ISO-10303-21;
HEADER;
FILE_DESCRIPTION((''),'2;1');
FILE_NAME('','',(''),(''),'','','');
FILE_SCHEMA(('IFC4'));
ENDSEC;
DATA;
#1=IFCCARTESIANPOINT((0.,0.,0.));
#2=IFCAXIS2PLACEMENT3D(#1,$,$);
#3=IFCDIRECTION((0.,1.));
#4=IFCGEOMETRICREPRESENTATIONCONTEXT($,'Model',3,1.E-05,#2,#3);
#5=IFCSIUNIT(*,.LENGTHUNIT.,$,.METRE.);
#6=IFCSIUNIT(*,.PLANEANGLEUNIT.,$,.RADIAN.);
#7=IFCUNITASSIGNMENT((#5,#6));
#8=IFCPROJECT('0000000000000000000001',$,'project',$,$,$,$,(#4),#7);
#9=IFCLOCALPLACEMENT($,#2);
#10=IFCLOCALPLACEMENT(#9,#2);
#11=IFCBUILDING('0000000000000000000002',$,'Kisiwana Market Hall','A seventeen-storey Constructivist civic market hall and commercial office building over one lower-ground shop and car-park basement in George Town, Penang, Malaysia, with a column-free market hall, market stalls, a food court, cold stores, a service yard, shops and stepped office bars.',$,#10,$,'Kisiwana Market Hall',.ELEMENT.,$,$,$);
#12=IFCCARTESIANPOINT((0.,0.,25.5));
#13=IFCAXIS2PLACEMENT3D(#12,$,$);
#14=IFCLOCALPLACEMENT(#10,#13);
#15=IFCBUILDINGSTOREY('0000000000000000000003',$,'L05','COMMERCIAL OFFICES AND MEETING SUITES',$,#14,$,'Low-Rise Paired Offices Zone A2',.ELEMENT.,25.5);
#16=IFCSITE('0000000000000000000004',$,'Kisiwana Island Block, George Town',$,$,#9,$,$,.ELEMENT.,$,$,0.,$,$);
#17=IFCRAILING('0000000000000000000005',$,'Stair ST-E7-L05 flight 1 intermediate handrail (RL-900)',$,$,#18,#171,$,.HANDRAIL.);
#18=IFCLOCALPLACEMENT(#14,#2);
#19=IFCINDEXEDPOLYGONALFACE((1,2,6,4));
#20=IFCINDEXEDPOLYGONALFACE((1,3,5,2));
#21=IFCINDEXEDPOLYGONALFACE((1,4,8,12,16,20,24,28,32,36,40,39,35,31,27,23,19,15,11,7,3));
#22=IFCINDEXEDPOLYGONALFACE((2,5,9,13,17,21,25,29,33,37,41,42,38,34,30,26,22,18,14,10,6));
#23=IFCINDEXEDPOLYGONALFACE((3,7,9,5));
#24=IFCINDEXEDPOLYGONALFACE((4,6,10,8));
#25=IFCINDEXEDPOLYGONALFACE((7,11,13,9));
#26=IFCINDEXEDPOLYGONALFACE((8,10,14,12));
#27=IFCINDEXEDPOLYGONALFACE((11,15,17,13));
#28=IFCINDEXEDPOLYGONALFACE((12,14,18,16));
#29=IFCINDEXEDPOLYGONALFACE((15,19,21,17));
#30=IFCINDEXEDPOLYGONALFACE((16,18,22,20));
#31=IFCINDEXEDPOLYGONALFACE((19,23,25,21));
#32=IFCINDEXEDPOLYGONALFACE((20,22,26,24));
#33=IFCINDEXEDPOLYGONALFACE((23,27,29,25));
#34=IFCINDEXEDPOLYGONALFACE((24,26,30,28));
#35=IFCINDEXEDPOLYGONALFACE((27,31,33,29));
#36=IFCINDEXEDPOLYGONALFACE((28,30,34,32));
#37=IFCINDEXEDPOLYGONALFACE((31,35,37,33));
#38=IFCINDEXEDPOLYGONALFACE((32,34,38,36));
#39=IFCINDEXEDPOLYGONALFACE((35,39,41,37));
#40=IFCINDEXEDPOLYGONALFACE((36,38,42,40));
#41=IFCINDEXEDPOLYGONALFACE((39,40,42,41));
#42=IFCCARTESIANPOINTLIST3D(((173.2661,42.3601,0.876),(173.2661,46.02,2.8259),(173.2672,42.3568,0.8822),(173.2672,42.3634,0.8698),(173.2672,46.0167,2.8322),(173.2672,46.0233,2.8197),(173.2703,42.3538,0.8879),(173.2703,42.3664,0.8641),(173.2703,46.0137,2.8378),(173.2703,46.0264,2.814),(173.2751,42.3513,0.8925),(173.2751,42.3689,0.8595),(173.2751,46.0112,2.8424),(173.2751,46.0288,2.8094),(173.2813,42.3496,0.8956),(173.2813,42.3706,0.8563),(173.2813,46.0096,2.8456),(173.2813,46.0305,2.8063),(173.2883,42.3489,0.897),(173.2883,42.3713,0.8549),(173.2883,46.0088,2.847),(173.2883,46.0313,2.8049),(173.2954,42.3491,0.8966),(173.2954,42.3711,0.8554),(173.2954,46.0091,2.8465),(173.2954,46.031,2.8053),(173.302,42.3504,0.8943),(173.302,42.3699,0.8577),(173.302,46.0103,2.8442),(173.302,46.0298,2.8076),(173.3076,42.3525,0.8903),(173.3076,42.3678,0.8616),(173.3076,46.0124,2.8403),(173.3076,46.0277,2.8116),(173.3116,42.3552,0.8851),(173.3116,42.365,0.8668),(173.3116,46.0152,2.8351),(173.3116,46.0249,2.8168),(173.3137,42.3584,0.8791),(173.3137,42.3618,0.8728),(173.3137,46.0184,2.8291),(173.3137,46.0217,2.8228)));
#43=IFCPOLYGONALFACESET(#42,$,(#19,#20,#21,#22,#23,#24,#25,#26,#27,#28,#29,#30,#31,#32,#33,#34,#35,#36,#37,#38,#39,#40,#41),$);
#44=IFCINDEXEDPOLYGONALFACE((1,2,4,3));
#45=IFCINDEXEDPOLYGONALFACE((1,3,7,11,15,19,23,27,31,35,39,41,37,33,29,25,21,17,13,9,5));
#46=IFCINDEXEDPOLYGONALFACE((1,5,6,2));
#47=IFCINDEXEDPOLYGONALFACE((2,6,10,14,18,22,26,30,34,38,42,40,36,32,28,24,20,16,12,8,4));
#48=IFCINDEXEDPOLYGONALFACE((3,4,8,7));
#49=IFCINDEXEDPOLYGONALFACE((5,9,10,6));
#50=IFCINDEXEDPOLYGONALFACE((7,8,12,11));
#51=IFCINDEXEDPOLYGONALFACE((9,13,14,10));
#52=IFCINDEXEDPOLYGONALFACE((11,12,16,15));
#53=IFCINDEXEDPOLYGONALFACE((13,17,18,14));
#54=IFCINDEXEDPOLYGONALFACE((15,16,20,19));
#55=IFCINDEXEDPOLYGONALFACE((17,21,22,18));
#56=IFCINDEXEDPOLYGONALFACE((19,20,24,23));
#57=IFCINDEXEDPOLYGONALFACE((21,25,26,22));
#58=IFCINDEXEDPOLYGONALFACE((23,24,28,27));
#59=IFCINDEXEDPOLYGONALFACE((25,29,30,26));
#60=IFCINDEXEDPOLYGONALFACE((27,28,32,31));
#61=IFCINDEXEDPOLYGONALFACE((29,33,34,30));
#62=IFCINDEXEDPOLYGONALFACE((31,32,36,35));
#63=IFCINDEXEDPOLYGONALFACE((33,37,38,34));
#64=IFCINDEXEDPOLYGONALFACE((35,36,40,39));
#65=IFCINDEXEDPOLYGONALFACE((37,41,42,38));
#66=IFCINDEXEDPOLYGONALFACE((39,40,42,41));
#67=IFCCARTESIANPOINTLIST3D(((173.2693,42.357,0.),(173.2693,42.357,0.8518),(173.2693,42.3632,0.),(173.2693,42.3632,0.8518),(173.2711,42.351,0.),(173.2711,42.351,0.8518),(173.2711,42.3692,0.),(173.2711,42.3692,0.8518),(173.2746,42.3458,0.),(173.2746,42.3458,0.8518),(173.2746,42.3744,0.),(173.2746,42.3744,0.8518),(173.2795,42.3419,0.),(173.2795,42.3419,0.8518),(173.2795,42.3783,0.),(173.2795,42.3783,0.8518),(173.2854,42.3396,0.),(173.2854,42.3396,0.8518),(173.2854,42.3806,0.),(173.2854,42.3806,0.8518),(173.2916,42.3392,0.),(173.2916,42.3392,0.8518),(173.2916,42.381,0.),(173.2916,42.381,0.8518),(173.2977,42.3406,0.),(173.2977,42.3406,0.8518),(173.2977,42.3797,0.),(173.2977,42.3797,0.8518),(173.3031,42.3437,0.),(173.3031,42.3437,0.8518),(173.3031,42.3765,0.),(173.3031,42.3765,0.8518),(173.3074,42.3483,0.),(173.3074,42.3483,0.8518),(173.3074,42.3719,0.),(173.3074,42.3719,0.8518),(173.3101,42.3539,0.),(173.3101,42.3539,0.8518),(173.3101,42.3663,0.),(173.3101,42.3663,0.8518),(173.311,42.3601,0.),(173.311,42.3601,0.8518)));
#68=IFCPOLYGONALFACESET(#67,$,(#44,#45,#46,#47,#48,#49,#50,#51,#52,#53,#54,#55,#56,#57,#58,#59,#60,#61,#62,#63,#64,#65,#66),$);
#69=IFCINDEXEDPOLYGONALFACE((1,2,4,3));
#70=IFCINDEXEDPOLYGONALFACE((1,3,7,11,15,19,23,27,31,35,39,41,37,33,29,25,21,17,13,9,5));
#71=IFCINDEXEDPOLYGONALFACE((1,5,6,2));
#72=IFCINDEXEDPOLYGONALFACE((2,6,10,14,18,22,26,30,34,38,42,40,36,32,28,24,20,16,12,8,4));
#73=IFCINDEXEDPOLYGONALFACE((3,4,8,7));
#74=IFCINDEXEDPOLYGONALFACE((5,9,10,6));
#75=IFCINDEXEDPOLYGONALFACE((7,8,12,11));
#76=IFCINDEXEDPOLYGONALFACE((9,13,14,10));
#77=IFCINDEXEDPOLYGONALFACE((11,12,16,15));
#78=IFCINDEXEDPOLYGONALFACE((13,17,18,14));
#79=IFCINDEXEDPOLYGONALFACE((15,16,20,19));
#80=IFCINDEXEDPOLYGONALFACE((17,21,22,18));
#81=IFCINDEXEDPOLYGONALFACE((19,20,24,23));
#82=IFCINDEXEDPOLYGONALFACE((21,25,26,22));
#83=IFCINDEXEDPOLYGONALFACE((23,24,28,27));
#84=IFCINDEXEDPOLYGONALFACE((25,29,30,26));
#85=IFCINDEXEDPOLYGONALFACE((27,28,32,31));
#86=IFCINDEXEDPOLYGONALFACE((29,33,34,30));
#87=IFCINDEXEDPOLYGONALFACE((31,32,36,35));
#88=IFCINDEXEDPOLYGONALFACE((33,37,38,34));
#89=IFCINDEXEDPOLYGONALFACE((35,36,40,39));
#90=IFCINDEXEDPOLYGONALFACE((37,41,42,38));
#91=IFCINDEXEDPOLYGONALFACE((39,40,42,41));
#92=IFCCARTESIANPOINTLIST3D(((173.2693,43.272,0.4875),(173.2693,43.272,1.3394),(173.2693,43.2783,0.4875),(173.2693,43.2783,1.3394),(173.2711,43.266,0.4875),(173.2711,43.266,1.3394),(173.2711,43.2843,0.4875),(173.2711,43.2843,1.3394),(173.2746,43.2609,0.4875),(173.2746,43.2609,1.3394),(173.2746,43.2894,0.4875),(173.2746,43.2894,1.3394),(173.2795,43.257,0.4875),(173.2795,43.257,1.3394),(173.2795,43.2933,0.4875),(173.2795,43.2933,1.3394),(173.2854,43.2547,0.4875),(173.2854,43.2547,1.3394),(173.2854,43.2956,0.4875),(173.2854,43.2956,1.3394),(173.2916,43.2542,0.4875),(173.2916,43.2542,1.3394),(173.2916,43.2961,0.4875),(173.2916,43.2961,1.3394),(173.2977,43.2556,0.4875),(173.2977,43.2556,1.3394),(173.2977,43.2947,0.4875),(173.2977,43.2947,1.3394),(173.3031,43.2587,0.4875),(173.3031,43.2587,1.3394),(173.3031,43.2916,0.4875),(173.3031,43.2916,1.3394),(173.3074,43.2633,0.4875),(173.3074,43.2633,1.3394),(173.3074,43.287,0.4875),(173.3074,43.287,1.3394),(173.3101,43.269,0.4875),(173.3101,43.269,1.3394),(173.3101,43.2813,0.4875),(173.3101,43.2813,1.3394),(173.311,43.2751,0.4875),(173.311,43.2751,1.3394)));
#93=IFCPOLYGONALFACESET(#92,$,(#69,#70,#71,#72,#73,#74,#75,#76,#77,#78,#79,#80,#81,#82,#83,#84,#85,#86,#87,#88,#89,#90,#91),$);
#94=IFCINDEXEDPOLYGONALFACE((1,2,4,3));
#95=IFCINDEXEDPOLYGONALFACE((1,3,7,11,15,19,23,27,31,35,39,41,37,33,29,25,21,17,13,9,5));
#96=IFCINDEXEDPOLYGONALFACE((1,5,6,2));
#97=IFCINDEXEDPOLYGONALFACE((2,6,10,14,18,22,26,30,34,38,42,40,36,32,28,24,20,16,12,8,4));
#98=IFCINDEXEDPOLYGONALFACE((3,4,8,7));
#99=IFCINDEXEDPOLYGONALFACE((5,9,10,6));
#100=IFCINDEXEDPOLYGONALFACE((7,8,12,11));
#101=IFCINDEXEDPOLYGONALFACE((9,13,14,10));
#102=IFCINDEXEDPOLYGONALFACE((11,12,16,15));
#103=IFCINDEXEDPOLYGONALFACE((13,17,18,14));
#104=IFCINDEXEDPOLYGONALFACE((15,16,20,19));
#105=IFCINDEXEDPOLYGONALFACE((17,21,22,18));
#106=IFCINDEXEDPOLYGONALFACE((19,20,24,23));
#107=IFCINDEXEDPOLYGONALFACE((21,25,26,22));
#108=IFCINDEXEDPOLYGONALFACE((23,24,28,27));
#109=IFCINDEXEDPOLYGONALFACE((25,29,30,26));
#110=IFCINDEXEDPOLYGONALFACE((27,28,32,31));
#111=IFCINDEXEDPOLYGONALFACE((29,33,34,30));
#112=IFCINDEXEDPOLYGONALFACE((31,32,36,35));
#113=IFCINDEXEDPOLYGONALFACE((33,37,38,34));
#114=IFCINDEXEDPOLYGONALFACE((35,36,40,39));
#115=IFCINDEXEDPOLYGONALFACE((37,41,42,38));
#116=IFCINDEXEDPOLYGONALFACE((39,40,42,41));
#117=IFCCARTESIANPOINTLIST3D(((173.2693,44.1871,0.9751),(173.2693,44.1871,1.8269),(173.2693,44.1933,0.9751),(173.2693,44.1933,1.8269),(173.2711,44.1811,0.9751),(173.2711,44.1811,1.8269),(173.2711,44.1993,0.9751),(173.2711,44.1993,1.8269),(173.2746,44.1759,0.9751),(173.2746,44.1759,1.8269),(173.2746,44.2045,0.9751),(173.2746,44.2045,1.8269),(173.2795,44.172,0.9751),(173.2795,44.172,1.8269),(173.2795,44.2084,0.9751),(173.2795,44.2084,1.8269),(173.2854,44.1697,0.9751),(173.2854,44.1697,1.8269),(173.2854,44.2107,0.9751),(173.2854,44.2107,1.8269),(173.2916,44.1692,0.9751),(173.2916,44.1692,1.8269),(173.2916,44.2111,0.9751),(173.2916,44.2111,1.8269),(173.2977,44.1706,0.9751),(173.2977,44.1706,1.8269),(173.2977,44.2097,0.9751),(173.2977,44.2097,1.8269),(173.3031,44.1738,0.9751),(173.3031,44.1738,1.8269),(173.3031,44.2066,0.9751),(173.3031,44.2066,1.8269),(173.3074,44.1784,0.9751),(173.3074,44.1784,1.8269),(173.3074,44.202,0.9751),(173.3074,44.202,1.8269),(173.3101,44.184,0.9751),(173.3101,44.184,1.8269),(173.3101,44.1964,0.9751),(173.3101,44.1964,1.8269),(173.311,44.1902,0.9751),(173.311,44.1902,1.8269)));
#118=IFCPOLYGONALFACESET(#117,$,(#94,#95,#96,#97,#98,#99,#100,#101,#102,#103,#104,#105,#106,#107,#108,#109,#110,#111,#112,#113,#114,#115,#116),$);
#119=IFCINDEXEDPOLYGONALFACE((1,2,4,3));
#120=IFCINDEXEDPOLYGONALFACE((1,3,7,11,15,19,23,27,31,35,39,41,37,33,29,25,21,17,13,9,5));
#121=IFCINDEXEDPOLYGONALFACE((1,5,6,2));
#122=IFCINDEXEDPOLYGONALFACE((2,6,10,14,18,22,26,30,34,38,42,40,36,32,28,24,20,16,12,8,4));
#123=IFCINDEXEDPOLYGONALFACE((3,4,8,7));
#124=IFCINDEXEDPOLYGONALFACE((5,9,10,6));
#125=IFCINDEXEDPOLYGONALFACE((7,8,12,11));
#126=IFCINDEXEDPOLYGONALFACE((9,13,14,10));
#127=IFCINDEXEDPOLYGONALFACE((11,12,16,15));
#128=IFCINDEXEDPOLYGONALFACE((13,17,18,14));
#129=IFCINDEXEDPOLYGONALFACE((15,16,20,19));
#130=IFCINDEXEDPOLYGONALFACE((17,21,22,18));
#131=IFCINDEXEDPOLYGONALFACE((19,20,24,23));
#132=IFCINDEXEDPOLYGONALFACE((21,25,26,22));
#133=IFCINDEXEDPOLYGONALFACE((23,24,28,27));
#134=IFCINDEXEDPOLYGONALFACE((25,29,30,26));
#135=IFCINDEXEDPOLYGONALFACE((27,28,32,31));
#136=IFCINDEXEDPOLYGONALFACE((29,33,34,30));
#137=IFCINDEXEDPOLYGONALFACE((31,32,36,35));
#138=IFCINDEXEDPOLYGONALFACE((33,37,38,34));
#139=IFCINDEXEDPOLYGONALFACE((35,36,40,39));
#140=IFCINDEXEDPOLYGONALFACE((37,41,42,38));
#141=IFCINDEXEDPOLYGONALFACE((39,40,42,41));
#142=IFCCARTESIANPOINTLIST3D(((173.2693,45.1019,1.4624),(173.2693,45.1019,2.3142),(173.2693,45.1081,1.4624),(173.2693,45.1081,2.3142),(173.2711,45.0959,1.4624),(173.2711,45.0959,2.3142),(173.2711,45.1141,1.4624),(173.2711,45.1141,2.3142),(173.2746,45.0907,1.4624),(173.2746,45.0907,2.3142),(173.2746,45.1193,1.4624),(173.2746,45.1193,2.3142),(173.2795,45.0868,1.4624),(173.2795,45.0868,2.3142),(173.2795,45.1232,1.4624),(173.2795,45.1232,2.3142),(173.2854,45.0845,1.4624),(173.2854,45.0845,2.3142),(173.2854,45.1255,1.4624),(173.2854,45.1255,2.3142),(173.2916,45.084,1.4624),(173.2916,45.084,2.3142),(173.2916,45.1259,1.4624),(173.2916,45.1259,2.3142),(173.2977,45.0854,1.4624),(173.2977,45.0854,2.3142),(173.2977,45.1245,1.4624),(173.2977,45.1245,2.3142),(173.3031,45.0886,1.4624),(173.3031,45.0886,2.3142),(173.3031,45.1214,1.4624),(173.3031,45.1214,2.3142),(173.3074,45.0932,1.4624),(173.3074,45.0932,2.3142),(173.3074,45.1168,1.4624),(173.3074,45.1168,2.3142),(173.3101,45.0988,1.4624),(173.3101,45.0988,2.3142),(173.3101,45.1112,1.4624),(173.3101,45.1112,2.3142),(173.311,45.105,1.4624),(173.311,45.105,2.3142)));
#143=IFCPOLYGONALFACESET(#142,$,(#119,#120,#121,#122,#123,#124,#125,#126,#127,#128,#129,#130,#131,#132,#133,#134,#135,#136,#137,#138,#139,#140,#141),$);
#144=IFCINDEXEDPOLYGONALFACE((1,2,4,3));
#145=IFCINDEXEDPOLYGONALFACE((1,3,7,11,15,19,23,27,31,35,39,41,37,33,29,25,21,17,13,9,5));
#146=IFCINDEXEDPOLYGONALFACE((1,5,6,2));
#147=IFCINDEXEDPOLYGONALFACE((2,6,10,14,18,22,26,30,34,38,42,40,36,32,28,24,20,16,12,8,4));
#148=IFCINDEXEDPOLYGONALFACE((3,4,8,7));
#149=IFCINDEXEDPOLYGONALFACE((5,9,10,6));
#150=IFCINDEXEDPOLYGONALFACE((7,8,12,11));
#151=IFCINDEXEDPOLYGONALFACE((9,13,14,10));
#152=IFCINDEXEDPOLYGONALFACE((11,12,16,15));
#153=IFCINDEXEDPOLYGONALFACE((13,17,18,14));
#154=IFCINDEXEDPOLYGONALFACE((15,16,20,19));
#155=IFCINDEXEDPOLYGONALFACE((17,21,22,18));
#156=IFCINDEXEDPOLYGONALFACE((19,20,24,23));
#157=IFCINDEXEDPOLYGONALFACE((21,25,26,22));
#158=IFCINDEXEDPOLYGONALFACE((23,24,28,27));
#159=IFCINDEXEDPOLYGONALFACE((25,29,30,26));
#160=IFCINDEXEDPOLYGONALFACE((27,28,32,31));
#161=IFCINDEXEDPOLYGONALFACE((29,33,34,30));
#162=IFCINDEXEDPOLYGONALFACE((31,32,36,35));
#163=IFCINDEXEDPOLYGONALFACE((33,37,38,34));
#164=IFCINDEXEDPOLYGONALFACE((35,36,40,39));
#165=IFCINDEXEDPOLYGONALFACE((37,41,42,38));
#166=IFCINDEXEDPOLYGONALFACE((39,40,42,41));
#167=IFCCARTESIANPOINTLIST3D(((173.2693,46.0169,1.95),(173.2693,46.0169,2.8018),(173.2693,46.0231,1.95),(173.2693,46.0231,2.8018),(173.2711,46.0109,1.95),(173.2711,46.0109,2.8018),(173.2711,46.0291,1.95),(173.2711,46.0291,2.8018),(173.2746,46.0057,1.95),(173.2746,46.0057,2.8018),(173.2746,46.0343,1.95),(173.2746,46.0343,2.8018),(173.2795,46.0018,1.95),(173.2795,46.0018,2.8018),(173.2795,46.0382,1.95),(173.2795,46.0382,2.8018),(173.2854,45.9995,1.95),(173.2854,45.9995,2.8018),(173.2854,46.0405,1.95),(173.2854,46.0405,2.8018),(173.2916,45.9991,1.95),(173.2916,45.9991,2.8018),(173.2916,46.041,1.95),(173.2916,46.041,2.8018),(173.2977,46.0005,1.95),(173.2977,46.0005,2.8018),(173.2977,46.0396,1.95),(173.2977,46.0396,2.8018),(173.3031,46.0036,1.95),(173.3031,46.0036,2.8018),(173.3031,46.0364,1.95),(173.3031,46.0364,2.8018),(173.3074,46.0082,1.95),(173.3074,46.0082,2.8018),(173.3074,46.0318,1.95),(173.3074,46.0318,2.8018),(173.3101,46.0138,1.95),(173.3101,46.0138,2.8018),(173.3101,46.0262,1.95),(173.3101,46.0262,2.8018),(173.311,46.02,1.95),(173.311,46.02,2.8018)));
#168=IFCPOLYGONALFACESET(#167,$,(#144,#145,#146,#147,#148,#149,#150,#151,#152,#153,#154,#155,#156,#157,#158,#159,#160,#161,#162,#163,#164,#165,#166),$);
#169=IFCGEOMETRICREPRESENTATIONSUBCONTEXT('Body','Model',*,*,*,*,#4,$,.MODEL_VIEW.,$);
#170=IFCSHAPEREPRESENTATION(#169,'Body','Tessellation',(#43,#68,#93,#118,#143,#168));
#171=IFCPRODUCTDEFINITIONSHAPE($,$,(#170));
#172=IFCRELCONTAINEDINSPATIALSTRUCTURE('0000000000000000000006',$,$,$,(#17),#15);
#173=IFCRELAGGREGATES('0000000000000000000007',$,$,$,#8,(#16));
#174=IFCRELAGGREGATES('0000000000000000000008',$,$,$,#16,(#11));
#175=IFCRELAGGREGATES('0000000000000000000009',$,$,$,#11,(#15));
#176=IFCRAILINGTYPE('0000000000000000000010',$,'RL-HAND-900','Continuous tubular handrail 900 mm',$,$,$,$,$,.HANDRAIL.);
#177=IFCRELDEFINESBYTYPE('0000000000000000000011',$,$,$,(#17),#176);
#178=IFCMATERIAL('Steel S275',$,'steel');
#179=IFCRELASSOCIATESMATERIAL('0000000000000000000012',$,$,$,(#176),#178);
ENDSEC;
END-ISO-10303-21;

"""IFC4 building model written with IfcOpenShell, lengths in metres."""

from ifc_helpers import new_model, si_unit, direction, frame, origin, origin_2d, place, context, subcontext, project, spatial, circle, extrude, material, type_object, element, save


model = new_model("IFC4")

# Units and contexts
model_context = context("Model", 3, precision=1e-05, world=origin(), true_north=direction((0.0, 1.0)))
body_context = subcontext(model_context, "Body", "Model", "MODEL_VIEW")
ifc_project = project(units=[si_unit("LENGTHUNIT", "METRE"), si_unit("PLANEANGLEUNIT", "RADIAN")], contexts=[model_context])

# Site, building, storey
site_placement = place(None, origin())
site = spatial("IfcSite", under=ifc_project, at=site_placement, Name="Kisiwana Island Block, George Town", CompositionType="ELEMENT", RefElevation=0.0)
building_placement = place(site_placement, origin())
building = spatial("IfcBuilding", under=site, at=building_placement, Name="Kisiwana Market Hall", Description="A seventeen-storey Constructivist civic market hall and commercial office building over one lower-ground shop and car-park basement in George Town, Penang, Malaysia, with a column-free market hall, market stalls, a food court, cold stores, a service yard, shops and stepped office bars.", LongName="Kisiwana Market Hall", CompositionType="ELEMENT")
storey_placement = place(building_placement, frame((0.0, 0.0, 25.5)))
storey = spatial("IfcBuildingStorey", under=building, at=storey_placement, Name="L05", Description="COMMERCIAL OFFICES AND MEETING SUITES", LongName="Low-Rise Paired Offices Zone A2", CompositionType="ELEMENT", Elevation=25.5)

# Railing
ifc_material_1 = material(Name="Steel S275", Category="steel")
railing_type_1 = type_object("IfcRailingType", Name="RL-HAND-900", Description="Continuous tubular handrail 900 mm", PredefinedType="HANDRAIL", material=ifc_material_1)
for number, where, name in (
    (1, (173.29, 42.3601, 0.0), "Stair ST-E7-L05 flight 1 intermediate handrail (RL-900)"),
):
    element("IfcRailing", number, at=place(storey_placement, frame(where)), inside=storey, type_object=railing_type_1, Name=name, PredefinedType="HANDRAIL", context=body_context, shape_type="SweptSolid", body=[
        extrude(circle(Radius=0.0239, at=origin_2d()), frame((0.0, 0.0, 0.876), z_axis=(0.0, 0.882553, 0.470212), x_axis=(-1.0, 0.0, 0.0)), (0.0, 0.0, 1.0), 4.147),
        extrude(circle(Radius=0.021, at=origin_2d()), origin(), (0.0, 0.0, 1.0), 0.8518),
        extrude(circle(Radius=0.021, at=origin_2d()), frame((0.0, 0.915, 0.4875)), (0.0, 0.0, 1.0), 0.8518),
        extrude(circle(Radius=0.021, at=origin_2d()), frame((0.0, 1.8301, 0.9751)), (0.0, 0.0, 1.0), 0.8518),
        extrude(circle(Radius=0.021, at=origin_2d()), frame((0.0, 2.7449, 1.4624)), (0.0, 0.0, 1.0), 0.8518),
        extrude(circle(Radius=0.021, at=origin_2d()), frame((0.0, 3.6599, 1.95)), (0.0, 0.0, 1.0), 0.8518),
    ])

save(model, "model.ifc")
